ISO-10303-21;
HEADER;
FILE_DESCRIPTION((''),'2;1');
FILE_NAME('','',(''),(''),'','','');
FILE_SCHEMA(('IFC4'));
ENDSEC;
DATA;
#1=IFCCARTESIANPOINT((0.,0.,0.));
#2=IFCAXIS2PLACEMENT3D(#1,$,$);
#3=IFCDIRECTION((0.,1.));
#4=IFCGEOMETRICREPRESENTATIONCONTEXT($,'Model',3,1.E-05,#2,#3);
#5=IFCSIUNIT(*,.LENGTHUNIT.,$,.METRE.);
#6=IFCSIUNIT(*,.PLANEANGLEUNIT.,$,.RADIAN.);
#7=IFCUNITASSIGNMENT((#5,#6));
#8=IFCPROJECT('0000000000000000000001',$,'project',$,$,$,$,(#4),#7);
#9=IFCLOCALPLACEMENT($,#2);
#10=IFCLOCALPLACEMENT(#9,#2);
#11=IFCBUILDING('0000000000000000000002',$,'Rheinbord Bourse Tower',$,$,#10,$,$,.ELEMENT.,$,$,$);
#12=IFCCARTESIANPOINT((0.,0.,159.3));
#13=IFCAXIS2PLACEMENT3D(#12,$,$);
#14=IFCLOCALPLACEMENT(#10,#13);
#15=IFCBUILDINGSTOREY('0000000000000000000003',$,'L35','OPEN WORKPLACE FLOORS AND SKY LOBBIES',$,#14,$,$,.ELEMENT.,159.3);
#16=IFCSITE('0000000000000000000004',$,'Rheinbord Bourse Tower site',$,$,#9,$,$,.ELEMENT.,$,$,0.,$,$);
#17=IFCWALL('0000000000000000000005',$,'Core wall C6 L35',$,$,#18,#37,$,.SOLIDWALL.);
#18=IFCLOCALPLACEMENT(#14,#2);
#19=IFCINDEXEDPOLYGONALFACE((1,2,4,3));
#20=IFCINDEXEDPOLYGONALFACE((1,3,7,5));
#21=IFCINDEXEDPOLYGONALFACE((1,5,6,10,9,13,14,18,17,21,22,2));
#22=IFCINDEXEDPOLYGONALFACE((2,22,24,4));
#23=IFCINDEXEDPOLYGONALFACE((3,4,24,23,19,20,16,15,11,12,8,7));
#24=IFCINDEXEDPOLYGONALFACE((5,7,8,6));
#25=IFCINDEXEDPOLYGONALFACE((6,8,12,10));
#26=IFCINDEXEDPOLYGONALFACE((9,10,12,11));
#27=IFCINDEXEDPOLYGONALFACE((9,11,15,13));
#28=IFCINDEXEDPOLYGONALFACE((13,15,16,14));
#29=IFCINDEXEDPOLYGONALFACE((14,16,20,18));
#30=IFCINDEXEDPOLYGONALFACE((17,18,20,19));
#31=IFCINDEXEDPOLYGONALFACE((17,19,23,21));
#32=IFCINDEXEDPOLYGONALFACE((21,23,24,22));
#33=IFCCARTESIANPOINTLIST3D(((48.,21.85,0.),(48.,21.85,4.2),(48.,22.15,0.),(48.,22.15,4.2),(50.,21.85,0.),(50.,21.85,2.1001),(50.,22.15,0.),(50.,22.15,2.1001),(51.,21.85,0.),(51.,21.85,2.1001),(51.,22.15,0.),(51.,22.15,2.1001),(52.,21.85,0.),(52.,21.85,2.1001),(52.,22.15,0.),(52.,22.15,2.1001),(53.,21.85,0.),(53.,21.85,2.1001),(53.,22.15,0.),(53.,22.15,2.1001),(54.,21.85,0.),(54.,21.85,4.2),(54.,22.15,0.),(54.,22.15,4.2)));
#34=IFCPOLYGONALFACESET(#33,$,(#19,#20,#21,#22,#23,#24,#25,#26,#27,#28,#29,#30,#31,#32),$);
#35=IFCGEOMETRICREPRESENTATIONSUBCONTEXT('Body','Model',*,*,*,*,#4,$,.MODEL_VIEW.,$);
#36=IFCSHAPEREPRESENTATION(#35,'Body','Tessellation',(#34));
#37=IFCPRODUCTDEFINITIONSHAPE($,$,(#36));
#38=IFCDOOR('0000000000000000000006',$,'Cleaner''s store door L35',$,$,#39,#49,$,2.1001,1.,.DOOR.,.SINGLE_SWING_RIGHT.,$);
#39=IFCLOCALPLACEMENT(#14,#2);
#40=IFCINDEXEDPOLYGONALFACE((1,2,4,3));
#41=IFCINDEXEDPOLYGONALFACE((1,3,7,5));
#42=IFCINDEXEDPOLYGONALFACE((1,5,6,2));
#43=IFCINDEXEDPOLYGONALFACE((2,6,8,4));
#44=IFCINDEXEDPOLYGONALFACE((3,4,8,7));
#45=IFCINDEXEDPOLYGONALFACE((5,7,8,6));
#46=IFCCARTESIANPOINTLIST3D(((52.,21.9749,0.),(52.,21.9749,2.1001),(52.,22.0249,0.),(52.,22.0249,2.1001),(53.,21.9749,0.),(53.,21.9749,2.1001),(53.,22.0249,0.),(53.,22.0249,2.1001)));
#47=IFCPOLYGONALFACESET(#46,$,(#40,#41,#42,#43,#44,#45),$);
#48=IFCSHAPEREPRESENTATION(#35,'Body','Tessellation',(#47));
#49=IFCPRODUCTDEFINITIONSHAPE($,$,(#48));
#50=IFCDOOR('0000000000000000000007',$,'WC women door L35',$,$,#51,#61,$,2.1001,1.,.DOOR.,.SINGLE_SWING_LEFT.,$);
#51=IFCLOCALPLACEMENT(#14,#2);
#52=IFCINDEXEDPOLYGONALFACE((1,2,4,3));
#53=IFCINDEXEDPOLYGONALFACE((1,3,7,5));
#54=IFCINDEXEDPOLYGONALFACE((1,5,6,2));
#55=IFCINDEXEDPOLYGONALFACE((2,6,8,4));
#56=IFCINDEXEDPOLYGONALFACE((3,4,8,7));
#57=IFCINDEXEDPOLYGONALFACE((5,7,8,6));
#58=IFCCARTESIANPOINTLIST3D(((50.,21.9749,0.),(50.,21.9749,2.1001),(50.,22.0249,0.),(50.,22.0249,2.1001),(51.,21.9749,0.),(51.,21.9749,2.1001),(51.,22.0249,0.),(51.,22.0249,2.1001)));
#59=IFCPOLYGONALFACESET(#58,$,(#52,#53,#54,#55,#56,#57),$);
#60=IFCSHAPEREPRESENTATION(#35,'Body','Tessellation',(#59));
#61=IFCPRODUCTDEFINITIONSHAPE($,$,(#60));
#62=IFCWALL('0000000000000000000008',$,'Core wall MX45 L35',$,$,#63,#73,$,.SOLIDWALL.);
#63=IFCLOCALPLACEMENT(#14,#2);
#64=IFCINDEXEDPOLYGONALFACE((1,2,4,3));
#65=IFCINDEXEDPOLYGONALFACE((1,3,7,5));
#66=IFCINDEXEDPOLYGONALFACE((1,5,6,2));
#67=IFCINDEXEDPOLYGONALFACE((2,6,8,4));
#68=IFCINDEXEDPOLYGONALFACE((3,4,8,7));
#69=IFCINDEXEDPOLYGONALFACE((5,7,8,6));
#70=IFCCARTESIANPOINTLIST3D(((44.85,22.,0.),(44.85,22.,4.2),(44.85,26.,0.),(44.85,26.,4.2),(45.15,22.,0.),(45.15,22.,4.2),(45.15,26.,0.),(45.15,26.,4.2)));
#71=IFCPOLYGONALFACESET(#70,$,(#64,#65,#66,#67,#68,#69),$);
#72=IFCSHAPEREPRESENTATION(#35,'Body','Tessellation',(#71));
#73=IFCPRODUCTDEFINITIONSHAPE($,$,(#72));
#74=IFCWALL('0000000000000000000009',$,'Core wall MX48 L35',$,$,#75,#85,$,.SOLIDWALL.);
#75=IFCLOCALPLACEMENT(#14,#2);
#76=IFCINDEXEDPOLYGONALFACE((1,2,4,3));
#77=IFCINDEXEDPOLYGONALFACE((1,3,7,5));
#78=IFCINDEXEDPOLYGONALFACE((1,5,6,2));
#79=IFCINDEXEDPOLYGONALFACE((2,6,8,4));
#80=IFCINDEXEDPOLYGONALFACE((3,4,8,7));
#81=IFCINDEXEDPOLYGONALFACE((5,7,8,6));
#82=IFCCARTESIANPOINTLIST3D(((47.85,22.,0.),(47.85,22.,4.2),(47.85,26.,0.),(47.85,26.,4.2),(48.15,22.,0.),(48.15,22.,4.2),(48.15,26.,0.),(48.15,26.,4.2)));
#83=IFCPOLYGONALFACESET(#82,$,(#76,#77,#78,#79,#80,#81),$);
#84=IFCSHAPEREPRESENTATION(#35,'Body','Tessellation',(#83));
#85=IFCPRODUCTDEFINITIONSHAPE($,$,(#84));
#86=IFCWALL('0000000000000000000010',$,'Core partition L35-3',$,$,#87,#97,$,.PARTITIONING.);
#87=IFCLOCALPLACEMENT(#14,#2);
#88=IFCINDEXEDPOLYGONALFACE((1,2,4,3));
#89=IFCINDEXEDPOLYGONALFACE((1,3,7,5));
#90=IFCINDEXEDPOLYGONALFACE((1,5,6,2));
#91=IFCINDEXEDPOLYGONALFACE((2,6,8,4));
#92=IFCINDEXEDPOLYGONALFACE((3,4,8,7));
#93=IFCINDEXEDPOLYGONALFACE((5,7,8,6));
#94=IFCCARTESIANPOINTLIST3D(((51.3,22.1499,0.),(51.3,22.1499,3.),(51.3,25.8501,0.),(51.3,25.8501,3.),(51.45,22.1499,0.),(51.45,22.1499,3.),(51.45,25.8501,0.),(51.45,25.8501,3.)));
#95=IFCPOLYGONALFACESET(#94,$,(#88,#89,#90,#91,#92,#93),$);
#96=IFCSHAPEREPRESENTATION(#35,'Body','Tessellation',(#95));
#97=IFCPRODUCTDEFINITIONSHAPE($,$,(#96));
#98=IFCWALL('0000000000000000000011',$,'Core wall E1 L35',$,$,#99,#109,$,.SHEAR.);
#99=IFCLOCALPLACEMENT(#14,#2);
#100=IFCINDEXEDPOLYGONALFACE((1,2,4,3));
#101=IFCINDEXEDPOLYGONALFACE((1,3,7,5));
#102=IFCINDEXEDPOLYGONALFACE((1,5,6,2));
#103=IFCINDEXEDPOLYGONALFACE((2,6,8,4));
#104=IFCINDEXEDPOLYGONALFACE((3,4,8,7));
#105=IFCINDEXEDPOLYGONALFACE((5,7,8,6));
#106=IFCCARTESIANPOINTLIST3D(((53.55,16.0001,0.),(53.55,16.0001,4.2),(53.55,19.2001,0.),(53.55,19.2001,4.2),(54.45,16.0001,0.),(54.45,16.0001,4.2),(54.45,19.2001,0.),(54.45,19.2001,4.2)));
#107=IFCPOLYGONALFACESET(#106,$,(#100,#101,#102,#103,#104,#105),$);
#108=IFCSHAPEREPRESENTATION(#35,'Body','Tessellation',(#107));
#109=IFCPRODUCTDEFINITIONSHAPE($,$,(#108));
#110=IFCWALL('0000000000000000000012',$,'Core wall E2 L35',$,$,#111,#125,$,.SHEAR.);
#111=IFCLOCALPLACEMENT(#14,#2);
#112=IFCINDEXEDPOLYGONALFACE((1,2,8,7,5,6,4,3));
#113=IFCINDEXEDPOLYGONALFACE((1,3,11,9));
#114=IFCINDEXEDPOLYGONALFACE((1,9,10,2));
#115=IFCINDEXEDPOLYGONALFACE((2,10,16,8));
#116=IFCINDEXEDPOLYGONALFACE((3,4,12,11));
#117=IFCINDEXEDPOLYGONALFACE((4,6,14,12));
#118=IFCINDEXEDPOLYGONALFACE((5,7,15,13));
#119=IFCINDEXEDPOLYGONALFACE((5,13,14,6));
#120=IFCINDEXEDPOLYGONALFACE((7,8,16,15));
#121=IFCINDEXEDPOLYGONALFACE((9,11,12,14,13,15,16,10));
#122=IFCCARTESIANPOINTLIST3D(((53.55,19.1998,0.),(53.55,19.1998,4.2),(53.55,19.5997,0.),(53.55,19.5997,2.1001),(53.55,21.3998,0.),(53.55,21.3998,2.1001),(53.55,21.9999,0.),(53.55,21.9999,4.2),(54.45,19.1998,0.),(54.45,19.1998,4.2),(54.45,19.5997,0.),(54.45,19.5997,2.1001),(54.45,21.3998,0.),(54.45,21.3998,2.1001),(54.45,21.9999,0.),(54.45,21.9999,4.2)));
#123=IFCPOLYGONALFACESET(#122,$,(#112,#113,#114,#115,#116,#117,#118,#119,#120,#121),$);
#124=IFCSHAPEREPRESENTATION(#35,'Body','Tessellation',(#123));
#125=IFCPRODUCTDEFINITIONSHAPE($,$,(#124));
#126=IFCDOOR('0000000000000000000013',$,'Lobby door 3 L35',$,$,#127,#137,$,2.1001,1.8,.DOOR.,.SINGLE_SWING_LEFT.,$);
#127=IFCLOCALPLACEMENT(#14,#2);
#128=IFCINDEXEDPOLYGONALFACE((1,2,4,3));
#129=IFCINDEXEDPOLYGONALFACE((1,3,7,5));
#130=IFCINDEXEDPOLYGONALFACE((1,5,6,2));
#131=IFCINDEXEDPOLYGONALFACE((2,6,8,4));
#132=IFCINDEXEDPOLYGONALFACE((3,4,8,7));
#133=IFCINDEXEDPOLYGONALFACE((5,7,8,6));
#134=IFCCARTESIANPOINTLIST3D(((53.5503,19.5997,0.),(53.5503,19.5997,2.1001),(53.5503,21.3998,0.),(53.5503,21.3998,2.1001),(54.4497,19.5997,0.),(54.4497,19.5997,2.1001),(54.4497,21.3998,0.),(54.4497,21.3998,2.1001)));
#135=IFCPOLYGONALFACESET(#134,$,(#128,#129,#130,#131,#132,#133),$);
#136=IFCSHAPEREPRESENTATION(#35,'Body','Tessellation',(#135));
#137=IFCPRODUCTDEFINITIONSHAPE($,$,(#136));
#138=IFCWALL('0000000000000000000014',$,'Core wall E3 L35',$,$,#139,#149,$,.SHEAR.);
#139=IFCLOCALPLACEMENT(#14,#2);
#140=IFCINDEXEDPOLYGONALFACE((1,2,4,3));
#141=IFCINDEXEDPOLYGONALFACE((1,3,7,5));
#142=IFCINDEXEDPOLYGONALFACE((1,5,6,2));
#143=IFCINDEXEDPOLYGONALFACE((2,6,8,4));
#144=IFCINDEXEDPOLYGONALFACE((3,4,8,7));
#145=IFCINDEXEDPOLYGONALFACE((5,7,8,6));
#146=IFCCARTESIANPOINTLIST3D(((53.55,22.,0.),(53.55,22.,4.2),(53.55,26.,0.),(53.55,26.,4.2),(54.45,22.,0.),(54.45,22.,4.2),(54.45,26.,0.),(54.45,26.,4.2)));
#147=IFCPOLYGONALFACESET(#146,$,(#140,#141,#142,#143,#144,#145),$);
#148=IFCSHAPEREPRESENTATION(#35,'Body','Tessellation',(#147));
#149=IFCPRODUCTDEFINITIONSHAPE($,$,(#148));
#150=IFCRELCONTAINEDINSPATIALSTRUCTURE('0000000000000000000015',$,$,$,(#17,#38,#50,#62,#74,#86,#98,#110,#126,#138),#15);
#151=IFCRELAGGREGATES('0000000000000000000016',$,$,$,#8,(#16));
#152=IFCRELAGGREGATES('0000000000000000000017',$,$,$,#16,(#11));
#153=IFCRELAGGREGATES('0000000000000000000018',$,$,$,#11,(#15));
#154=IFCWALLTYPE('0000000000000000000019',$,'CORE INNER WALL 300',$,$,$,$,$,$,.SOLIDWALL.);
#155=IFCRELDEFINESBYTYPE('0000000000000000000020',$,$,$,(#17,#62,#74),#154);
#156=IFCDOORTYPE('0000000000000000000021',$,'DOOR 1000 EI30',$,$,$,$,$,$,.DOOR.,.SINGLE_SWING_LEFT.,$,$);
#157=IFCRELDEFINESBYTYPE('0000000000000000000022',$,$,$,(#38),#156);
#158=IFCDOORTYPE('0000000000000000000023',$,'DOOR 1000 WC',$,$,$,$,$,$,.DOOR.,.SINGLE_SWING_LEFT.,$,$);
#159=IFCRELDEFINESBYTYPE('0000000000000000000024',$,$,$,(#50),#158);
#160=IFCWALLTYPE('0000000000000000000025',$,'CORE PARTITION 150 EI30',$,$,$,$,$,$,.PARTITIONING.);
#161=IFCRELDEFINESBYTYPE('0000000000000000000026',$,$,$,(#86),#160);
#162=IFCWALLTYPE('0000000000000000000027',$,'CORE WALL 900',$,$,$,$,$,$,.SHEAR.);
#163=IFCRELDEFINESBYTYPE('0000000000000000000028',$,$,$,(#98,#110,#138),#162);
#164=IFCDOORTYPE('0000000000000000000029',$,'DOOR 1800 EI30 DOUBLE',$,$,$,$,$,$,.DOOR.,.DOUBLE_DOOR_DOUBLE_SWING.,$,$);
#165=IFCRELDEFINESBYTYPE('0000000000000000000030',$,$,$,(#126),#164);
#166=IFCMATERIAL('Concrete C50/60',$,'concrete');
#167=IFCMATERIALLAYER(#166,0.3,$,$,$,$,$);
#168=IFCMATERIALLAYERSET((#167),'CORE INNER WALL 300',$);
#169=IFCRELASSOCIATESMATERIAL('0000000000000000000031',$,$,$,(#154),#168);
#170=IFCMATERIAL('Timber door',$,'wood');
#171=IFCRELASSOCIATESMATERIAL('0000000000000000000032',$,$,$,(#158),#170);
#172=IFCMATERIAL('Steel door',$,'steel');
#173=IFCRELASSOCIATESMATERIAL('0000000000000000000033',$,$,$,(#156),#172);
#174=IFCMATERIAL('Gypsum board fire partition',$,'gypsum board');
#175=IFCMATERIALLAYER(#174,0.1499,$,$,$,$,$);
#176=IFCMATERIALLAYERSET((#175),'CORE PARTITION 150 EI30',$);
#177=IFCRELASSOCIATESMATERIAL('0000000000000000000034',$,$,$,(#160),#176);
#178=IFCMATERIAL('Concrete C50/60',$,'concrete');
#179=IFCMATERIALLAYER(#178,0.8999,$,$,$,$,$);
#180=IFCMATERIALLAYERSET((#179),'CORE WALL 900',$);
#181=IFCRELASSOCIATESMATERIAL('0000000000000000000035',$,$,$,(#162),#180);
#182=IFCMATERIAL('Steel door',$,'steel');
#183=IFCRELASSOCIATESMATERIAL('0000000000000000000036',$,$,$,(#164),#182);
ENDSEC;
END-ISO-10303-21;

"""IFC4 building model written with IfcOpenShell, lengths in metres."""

from ifc_helpers import new_model, si_unit, direction, frame, frame_2d, origin, place, context, subcontext, project, spatial, rectangle, extrude, material, layer, layer_set, type_object, element, fill, save


model = new_model("IFC4")

# Units and contexts
model_context = context("Model", 3, precision=1e-05, world=origin(), true_north=direction((0.0, 1.0)))
body_context = subcontext(model_context, "Body", "Model", "MODEL_VIEW")
ifc_project = project(units=[si_unit("LENGTHUNIT", "METRE"), si_unit("PLANEANGLEUNIT", "RADIAN")], contexts=[model_context])

# Site, building, storey
site_placement = place(None, origin())
site = spatial("IfcSite", under=ifc_project, at=site_placement, Name="Rheinbord Bourse Tower site", CompositionType="ELEMENT", RefElevation=0.0)
building_placement = place(site_placement, origin())
building = spatial("IfcBuilding", under=site, at=building_placement, Name="Rheinbord Bourse Tower", CompositionType="ELEMENT")
storey_placement = place(building_placement, frame((0.0, 0.0, 159.3)))
storey = spatial("IfcBuildingStorey", under=building, at=storey_placement, Name="L35", Description="OPEN WORKPLACE FLOORS AND SKY LOBBIES", CompositionType="ELEMENT", Elevation=159.3)

# Shared definitions
ifc_material_1 = material(Name="Concrete C50/60", Category="concrete")
ifc_layer_1 = layer(ifc_material_1, 0.3)
ifc_layer_set_1 = layer_set([ifc_layer_1], Name="CORE INNER WALL 300")
wall_type_1 = type_object("IfcWallType", Name="CORE INNER WALL 300", PredefinedType="SOLIDWALL", material=ifc_layer_set_1)
ifc_material_2 = material(Name="Timber door", Category="wood")
door_type_1 = type_object("IfcDoorType", Name="DOOR 1000 WC", OperationType="SINGLE_SWING_LEFT", PredefinedType="DOOR", material=ifc_material_2)

# Wall, openings, doors
wall_1_placement = place(storey_placement, frame((48.0, 22.0, 0.0), z_axis=(0.0, 0.0, 1.0), x_axis=(1.0, 0.0, 0.0)))
wall_1 = element("IfcWall", 1, at=wall_1_placement, inside=storey, type_object=wall_type_1, Name="Core wall C6 L35", PredefinedType="SOLIDWALL", context=body_context, shape_type="SweptSolid", body=[
    extrude(rectangle(XDim=6.0, YDim=0.3, at=frame_2d((3.0, 0.0))), origin(), (0.0, 0.0, 1.0), 4.2),
])
opening_1_placement = place(wall_1_placement, frame((2.0, 0.0, 0.0)))
opening_1 = element("IfcOpeningElement", 2, at=opening_1_placement, cuts=wall_1, PredefinedType="OPENING", context=body_context, shape_type="SweptSolid", body=[
    extrude(rectangle(XDim=1.0, YDim=2.1001, at=frame_2d((0.5, 1.05))), frame((0.0, 0.1599, 0.0), z_axis=(0.0, -1.0, 0.0), x_axis=(1.0, 0.0, 0.0)), (0.0, 0.0, 1.0), 0.3201),
])
opening_2_placement = place(wall_1_placement, frame((4.0, 0.0, 0.0)))
opening_2 = element("IfcOpeningElement", 3, at=opening_2_placement, cuts=wall_1, PredefinedType="OPENING", context=body_context, shape_type="SweptSolid", body=[
    extrude(rectangle(XDim=1.0, YDim=2.1001, at=frame_2d((0.5, 1.05))), frame((0.0, 0.1599, 0.0), z_axis=(0.0, -1.0, 0.0), x_axis=(1.0, 0.0, 0.0)), (0.0, 0.0, 1.0), 0.3201),
])
ifc_material_3 = material(Name="Steel door", Category="steel")
door_type_2 = type_object("IfcDoorType", Name="DOOR 1000 EI30", OperationType="SINGLE_SWING_LEFT", PredefinedType="DOOR", material=ifc_material_3)
door_1_placement = place(opening_2_placement, origin())
door_1 = element("IfcDoor", 4, at=door_1_placement, inside=storey, type_object=door_type_2, Name="Cleaner's store door L35", OperationType="SINGLE_SWING_RIGHT", OverallHeight=2.1001, OverallWidth=1.0, PredefinedType="DOOR", context=body_context, shape_type="SweptSolid", body=[
    extrude(rectangle(XDim=1.0, YDim=2.1001, at=frame_2d((0.5, 1.05))), frame((0.0, 0.0249, 0.0), z_axis=(0.0, -1.0, 0.0), x_axis=(1.0, 0.0, 0.0)), (0.0, 0.0, 1.0), 0.05),
])
fill(opening_2, door_1)
door_2_placement = place(opening_1_placement, origin())
door_2 = element("IfcDoor", 5, at=door_2_placement, inside=storey, type_object=door_type_1, Name="WC women door L35", OperationType="SINGLE_SWING_LEFT", OverallHeight=2.1001, OverallWidth=1.0, PredefinedType="DOOR", context=body_context, shape_type="SweptSolid", body=[
    extrude(rectangle(XDim=1.0, YDim=2.1001, at=frame_2d((0.5, 1.05))), frame((0.0, 0.0249, 0.0), z_axis=(0.0, -1.0, 0.0), x_axis=(1.0, 0.0, 0.0)), (0.0, 0.0, 1.0), 0.05),
])
fill(opening_1, door_2)

# Walls
for number, where, z_axis, x_axis, name in (
    (6, (45.0, 22.0, 0.0), (0.0, 0.0, 1.0), (0.0, 1.0, 0.0), "Core wall MX45 L35"),
    (7, (48.0, 22.0, 0.0), (0.0, 0.0, 1.0), (0.0, 1.0, 0.0), "Core wall MX48 L35"),
):
    element("IfcWall", number, at=place(storey_placement, frame(where, z_axis=z_axis, x_axis=x_axis)), inside=storey, type_object=wall_type_1, Name=name, PredefinedType="SOLIDWALL", context=body_context, shape_type="SweptSolid", body=[
        extrude(rectangle(XDim=4.0, YDim=0.3, at=frame_2d((2.0, 0.0))), origin(), (0.0, 0.0, 1.0), 4.2),
    ])
ifc_material_4 = material(Name="Gypsum board fire partition", Category="gypsum board")
ifc_layer_2 = layer(ifc_material_4, 0.1499)
ifc_layer_set_2 = layer_set([ifc_layer_2], Name="CORE PARTITION 150 EI30")
wall_type_2 = type_object("IfcWallType", Name="CORE PARTITION 150 EI30", PredefinedType="PARTITIONING", material=ifc_layer_set_2)
wall_2_placement = place(storey_placement, frame((51.375, 22.1499, 0.0), z_axis=(0.0, 0.0, 1.0), x_axis=(0.0, 1.0, 0.0)))
element("IfcWall", 8, at=wall_2_placement, inside=storey, type_object=wall_type_2, Name="Core partition L35-3", PredefinedType="PARTITIONING", context=body_context, shape_type="SweptSolid", body=[
    extrude(rectangle(XDim=3.7002, YDim=0.1499, at=frame_2d((1.8501, 0.0))), origin(), (0.0, 0.0, 1.0), 3.0),
])
ifc_material_5 = material(Name="Concrete C50/60", Category="concrete")
ifc_layer_3 = layer(ifc_material_5, 0.8999)
ifc_layer_set_3 = layer_set([ifc_layer_3], Name="CORE WALL 900")
wall_type_3 = type_object("IfcWallType", Name="CORE WALL 900", PredefinedType="SHEAR", material=ifc_layer_set_3)
wall_3_placement = place(storey_placement, frame((54.0, 16.0, 0.0), z_axis=(0.0, 0.0, 1.0), x_axis=(0.0, 1.0, 0.0)))
element("IfcWall", 9, at=wall_3_placement, inside=storey, type_object=wall_type_3, Name="Core wall E1 L35", PredefinedType="SHEAR", context=body_context, shape_type="SweptSolid", body=[
    extrude(rectangle(XDim=3.2, YDim=0.8999, at=frame_2d((1.6001, 0.0))), origin(), (0.0, 0.0, 1.0), 4.2),
])

# Wall, opening, door
wall_4_placement = place(storey_placement, frame((54.0, 19.2, 0.0), z_axis=(0.0, 0.0, 1.0), x_axis=(0.0, 1.0, 0.0)))
wall_4 = element("IfcWall", 10, at=wall_4_placement, inside=storey, type_object=wall_type_3, Name="Core wall E2 L35", PredefinedType="SHEAR", context=body_context, shape_type="SweptSolid", body=[
    extrude(rectangle(XDim=2.8, YDim=0.8999, at=frame_2d((1.3999, 0.0))), origin(), (0.0, 0.0, 1.0), 4.2),
])
opening_3_placement = place(wall_4_placement, frame((0.3999, 0.0, 0.0)))
opening_3 = element("IfcOpeningElement", 11, at=opening_3_placement, cuts=wall_4, PredefinedType="OPENING", context=body_context, shape_type="SweptSolid", body=[
    extrude(rectangle(XDim=1.8, YDim=2.1001, at=frame_2d((0.8999, 1.05))), frame((0.0, 0.46, 0.0), z_axis=(0.0, -1.0, 0.0), x_axis=(1.0, 0.0, 0.0)), (0.0, 0.0, 1.0), 0.9199),
])
ifc_material_6 = material(Name="Steel door", Category="steel")
door_type_3 = type_object("IfcDoorType", Name="DOOR 1800 EI30 DOUBLE", OperationType="DOUBLE_DOOR_DOUBLE_SWING", PredefinedType="DOOR", material=ifc_material_6)
door_3_placement = place(opening_3_placement, origin())
door_3 = element("IfcDoor", 12, at=door_3_placement, inside=storey, type_object=door_type_3, Name="Lobby door 3 L35", OperationType="SINGLE_SWING_LEFT", OverallHeight=2.1001, OverallWidth=1.8, PredefinedType="DOOR", context=body_context, shape_type="SweptSolid", body=[
    extrude(rectangle(XDim=1.8, YDim=2.1001, at=frame_2d((0.8999, 1.05))), frame((0.0, 0.4497, 0.0), z_axis=(0.0, -1.0, 0.0), x_axis=(1.0, 0.0, 0.0)), (0.0, 0.0, 1.0), 0.8994),
])
fill(opening_3, door_3)

# Wall
wall_5_placement = place(storey_placement, frame((54.0, 22.0, 0.0), z_axis=(0.0, 0.0, 1.0), x_axis=(0.0, 1.0, 0.0)))
element("IfcWall", 13, at=wall_5_placement, inside=storey, type_object=wall_type_3, Name="Core wall E3 L35", PredefinedType="SHEAR", context=body_context, shape_type="SweptSolid", body=[
    extrude(rectangle(XDim=4.0, YDim=0.8999, at=frame_2d((2.0, 0.0))), origin(), (0.0, 0.0, 1.0), 4.2),
])

save(model, "model.ifc")
